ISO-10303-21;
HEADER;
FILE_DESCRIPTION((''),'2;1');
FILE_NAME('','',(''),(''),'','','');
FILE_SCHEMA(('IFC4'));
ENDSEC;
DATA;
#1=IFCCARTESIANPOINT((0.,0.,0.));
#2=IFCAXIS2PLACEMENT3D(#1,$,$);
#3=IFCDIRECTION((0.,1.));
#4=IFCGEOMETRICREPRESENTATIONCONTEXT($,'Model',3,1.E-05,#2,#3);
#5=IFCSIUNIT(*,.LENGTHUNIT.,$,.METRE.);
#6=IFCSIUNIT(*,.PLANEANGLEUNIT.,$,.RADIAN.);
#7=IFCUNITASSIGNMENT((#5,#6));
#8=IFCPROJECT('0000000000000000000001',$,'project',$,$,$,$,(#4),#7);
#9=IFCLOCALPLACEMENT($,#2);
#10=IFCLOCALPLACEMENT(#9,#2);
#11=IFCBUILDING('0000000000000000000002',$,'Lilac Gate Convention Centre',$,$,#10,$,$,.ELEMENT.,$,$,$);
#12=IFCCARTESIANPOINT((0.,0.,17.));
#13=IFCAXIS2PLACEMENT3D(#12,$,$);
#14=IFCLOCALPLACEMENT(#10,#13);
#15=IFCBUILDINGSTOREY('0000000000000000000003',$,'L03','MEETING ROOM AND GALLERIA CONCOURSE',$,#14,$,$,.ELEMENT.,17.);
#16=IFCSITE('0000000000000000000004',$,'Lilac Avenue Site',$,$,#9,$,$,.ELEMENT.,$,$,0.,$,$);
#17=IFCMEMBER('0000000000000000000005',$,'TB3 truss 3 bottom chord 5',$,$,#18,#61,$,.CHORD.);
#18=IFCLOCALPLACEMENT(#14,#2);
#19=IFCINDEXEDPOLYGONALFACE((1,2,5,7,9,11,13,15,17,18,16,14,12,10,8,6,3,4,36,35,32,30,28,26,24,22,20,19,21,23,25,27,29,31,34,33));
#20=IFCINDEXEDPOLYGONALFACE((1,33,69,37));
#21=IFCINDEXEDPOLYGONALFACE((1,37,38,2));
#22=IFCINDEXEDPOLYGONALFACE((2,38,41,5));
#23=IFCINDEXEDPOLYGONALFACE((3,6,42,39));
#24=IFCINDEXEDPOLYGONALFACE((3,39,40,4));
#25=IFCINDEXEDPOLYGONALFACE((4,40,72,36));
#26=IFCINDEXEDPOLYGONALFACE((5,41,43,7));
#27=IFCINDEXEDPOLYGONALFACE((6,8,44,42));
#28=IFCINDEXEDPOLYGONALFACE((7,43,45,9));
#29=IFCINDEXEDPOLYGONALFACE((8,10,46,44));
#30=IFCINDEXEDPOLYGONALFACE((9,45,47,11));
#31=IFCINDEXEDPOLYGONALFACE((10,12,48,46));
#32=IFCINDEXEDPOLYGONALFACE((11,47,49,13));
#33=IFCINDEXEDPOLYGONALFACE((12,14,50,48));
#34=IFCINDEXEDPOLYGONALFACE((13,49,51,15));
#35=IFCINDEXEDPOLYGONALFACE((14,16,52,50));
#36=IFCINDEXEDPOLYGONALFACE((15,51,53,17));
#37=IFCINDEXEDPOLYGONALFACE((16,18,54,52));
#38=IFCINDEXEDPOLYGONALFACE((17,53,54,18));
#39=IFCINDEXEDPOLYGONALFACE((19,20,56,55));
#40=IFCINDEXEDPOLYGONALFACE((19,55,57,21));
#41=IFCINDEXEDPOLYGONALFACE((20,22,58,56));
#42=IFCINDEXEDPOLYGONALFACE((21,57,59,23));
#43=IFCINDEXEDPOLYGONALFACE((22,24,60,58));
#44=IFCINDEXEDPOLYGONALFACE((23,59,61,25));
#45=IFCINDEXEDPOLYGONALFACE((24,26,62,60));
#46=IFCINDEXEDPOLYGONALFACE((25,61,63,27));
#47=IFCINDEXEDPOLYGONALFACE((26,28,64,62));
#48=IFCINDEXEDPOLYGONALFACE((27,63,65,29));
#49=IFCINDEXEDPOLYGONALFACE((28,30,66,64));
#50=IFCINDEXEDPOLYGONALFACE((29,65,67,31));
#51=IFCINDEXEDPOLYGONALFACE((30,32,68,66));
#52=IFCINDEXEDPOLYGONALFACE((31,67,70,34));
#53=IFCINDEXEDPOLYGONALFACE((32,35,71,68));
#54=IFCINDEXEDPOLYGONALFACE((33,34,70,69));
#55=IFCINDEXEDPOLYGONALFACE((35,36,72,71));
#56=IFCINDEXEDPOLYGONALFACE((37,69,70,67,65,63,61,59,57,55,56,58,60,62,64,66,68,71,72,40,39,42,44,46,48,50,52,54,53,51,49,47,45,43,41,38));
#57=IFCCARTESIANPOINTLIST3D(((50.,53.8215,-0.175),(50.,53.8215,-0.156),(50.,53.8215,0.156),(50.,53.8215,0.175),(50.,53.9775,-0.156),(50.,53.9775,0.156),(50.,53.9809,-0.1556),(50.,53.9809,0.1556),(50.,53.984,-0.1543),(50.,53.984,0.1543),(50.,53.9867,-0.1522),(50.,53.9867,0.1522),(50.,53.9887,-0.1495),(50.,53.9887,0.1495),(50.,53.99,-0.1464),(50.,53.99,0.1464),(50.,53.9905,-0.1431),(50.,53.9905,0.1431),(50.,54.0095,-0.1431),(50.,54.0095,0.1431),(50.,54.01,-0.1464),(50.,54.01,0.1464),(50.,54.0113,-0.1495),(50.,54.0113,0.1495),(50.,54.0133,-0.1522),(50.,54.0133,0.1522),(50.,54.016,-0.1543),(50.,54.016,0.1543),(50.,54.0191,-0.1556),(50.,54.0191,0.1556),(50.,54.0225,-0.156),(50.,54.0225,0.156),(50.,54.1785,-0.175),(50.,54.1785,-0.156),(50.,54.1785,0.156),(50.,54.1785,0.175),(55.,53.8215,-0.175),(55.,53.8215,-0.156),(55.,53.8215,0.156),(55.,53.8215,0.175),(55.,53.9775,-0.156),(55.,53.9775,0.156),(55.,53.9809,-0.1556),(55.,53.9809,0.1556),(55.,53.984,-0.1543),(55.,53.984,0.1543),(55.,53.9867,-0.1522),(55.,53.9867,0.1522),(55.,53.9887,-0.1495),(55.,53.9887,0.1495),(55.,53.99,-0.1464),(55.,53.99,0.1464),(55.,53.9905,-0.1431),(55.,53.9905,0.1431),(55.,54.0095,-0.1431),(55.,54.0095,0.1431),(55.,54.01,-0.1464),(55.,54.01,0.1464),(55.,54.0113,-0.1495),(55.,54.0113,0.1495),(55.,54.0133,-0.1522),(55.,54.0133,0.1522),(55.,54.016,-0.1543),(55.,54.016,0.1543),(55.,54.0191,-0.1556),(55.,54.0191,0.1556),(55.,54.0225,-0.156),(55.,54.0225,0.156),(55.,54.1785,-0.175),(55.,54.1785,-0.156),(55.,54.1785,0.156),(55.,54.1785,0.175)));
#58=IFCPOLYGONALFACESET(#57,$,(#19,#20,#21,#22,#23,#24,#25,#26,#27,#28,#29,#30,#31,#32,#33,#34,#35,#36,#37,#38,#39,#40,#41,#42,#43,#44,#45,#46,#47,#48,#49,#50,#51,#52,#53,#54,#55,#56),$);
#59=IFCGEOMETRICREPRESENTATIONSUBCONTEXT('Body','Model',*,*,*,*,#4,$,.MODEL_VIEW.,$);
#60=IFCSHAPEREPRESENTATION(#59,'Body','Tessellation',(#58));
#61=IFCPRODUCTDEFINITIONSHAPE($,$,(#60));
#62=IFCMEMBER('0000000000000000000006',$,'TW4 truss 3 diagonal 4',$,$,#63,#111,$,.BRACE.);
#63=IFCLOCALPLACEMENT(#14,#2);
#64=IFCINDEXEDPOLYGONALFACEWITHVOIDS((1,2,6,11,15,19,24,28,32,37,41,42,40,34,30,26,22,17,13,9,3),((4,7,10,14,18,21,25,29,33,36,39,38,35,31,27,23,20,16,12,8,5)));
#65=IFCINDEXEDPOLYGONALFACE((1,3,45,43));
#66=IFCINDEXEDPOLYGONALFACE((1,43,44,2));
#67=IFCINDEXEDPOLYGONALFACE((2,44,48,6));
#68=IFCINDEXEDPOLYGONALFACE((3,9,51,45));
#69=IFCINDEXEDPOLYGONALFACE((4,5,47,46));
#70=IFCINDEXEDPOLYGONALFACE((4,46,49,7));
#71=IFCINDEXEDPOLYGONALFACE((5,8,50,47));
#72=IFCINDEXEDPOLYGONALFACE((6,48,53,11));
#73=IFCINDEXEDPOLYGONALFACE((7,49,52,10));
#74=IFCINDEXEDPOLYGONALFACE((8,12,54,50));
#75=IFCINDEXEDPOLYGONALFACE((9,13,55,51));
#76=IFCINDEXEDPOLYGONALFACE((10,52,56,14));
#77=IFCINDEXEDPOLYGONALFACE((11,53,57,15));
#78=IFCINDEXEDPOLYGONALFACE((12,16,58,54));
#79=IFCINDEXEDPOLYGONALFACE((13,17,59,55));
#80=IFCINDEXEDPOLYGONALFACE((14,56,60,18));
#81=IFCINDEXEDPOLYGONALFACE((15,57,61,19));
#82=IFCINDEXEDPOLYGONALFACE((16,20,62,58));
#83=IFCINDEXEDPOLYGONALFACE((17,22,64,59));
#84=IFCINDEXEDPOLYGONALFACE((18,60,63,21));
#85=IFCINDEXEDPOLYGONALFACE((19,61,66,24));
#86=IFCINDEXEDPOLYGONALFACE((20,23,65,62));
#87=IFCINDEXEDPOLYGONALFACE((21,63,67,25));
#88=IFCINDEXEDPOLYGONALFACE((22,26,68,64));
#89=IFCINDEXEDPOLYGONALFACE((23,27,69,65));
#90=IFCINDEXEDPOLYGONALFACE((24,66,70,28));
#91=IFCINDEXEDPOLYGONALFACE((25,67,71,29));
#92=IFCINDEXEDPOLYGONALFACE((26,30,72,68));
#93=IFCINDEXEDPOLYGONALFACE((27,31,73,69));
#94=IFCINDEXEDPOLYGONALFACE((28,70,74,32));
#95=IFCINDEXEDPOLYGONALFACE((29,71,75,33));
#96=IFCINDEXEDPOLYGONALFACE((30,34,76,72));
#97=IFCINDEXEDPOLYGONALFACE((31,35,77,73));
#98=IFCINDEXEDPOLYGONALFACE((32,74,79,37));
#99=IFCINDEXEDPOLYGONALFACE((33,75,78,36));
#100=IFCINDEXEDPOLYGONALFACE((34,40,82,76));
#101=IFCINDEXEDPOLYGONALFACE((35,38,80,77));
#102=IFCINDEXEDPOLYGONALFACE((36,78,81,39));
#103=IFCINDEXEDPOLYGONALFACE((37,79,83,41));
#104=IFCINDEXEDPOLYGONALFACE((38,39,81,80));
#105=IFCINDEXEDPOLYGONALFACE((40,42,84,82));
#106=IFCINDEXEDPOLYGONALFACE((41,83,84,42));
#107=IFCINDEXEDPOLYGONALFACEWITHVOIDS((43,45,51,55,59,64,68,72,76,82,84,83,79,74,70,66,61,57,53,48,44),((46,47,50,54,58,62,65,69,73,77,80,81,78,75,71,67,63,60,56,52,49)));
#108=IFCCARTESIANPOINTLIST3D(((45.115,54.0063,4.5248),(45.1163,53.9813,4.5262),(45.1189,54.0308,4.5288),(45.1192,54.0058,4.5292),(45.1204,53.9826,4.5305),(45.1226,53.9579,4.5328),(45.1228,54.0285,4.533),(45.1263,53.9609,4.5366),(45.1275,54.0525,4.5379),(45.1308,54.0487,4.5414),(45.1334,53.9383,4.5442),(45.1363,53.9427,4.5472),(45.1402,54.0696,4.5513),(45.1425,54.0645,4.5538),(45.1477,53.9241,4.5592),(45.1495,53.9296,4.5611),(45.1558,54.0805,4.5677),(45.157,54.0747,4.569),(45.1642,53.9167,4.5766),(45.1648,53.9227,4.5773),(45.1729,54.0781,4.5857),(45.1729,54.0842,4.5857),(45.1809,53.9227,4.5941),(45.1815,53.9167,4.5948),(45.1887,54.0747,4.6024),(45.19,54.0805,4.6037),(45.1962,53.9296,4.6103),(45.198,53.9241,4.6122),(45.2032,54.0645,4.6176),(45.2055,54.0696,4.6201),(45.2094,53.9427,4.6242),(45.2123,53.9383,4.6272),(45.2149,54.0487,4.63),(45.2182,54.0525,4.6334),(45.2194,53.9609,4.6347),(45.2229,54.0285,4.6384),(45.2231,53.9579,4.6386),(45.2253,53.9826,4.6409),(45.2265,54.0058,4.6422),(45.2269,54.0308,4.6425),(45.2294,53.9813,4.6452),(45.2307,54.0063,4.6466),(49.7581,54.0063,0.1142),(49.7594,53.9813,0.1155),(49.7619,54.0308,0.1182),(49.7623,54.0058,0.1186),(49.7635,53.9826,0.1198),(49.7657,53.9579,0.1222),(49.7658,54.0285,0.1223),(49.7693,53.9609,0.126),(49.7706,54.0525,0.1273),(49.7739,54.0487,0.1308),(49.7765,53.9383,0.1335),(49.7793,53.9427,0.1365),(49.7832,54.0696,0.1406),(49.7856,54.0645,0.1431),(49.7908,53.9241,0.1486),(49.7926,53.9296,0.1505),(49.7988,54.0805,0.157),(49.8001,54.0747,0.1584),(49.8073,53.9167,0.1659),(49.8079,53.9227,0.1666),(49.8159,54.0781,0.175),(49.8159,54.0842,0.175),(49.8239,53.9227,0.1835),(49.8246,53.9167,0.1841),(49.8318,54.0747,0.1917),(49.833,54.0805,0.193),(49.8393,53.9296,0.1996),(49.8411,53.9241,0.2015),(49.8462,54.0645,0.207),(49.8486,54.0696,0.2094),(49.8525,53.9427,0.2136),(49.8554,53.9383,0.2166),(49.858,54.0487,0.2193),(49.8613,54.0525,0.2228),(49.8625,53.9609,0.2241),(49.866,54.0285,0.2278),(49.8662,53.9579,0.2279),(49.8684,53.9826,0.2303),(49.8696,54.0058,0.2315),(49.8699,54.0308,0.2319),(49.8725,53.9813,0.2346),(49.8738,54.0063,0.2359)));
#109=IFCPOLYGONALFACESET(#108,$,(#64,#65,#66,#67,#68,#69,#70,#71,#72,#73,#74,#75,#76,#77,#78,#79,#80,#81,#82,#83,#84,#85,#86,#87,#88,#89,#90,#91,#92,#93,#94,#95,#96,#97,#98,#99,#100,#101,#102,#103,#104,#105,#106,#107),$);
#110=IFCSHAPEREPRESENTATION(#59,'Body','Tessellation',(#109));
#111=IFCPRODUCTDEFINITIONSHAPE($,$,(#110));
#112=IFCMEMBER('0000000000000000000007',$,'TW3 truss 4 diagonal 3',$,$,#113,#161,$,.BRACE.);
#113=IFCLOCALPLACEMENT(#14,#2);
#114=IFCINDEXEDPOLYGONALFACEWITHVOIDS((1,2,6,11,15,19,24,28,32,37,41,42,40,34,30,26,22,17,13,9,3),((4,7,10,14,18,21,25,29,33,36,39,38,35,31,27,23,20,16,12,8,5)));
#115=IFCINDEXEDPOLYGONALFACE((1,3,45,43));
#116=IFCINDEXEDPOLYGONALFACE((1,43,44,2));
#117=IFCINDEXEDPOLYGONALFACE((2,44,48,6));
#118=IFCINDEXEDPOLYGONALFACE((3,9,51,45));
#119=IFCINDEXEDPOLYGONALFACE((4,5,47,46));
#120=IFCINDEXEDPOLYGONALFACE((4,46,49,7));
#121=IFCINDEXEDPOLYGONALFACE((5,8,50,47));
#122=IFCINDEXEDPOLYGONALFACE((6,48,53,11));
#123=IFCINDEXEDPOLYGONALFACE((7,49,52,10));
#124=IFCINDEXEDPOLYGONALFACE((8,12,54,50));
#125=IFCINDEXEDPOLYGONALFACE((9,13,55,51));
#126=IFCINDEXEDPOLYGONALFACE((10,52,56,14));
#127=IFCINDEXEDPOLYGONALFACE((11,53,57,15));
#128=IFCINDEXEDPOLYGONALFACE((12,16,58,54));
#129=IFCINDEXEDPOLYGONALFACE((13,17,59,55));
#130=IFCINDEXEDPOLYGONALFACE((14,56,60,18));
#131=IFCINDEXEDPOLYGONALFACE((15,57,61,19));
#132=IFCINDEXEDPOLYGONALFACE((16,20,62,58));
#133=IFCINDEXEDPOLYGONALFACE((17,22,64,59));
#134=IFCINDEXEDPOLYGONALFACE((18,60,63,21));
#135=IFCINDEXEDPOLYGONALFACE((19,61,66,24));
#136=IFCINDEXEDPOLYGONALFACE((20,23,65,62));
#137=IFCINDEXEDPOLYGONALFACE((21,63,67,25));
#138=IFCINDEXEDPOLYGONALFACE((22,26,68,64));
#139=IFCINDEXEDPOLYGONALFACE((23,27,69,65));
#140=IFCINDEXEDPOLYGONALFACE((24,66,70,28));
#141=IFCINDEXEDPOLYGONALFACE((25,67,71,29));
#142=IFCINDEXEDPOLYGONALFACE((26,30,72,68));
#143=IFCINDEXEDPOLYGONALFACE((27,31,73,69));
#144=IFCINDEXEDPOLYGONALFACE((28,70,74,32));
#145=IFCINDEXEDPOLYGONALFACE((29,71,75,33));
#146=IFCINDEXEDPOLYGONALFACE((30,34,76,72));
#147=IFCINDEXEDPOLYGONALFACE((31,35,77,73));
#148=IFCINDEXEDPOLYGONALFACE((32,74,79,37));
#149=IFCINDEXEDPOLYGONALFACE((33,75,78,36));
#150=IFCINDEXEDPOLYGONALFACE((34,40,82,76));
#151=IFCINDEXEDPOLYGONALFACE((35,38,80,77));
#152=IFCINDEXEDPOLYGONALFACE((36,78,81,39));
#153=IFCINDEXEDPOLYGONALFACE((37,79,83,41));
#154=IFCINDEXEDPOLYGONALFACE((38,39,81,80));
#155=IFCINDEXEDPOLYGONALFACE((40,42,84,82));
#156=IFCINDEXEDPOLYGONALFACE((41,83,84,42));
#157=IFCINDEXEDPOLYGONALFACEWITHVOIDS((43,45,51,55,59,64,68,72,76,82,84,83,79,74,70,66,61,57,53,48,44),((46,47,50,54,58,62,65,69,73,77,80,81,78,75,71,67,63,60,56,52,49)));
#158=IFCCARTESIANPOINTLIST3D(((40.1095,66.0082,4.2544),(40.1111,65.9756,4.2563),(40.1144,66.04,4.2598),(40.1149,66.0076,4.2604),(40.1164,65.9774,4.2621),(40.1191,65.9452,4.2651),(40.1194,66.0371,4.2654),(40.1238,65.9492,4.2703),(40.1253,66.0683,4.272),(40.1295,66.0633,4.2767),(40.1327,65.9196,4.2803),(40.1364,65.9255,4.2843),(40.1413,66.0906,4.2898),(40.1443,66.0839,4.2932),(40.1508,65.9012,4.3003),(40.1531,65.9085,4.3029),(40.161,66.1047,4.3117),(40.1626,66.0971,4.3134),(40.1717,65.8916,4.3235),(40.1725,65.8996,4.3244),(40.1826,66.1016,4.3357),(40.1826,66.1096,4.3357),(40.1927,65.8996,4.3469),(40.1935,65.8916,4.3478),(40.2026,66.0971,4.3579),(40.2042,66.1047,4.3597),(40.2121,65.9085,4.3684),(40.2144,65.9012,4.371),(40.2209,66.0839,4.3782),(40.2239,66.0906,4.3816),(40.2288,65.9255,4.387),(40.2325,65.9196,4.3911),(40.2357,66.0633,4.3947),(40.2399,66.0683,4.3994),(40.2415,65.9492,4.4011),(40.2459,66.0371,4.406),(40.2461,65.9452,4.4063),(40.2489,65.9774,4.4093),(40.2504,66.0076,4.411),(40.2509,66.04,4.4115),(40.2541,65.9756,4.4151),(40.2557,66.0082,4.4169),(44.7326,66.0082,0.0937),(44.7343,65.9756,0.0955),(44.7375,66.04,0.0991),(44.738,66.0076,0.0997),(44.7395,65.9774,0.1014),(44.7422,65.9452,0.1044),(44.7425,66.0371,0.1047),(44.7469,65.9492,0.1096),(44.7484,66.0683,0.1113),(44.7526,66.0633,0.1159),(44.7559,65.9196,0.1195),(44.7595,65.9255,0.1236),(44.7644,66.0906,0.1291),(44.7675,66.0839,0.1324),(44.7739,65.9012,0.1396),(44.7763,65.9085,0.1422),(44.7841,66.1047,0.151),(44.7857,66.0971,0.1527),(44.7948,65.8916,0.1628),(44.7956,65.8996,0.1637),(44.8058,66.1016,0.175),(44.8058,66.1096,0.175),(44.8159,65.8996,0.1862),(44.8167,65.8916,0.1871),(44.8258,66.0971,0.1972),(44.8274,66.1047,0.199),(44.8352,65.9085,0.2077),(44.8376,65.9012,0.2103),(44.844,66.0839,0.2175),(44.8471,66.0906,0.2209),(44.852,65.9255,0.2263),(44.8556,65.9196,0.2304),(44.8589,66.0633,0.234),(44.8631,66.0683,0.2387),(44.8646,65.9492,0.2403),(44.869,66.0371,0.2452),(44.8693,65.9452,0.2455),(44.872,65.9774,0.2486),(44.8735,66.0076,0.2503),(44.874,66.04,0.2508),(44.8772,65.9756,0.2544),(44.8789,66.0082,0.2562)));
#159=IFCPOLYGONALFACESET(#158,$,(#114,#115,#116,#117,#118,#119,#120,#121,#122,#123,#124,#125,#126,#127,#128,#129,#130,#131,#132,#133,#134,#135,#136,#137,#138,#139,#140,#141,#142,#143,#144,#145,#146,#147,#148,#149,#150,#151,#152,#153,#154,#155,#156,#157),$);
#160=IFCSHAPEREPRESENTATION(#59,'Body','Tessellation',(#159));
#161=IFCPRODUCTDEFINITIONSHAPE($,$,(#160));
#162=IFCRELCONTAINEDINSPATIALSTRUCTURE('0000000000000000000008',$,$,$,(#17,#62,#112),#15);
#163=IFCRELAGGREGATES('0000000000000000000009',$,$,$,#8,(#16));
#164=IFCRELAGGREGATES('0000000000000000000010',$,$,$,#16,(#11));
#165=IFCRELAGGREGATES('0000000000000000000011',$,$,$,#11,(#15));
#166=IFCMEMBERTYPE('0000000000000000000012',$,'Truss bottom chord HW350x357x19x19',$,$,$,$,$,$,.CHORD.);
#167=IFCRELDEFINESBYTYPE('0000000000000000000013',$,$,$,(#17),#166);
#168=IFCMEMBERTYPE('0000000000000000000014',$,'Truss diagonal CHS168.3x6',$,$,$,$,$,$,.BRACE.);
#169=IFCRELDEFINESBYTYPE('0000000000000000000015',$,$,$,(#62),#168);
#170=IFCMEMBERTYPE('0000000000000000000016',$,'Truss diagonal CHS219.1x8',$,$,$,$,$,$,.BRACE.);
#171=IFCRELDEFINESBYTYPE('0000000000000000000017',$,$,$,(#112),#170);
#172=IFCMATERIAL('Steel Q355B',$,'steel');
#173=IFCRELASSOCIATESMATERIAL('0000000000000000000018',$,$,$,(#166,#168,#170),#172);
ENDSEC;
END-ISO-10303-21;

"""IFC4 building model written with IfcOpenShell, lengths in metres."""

from ifc_helpers import new_model, si_unit, direction, frame, origin, origin_2d, place, context, subcontext, project, spatial, hollow_circle, i_section, extrude, material, material_profile, profile_set, type_object, element, save


model = new_model("IFC4")

# Units and contexts
model_context = context("Model", 3, precision=1e-05, world=origin(), true_north=direction((0.0, 1.0)))
body_context = subcontext(model_context, "Body", "Model", "MODEL_VIEW")
ifc_project = project(units=[si_unit("LENGTHUNIT", "METRE"), si_unit("PLANEANGLEUNIT", "RADIAN")], contexts=[model_context])

# Site, building, storey
site_placement = place(None, origin())
site = spatial("IfcSite", under=ifc_project, at=site_placement, Name="Lilac Avenue Site", CompositionType="ELEMENT", RefElevation=0.0)
building_placement = place(site_placement, origin())
building = spatial("IfcBuilding", under=site, at=building_placement, Name="Lilac Gate Convention Centre", CompositionType="ELEMENT")
storey_placement = place(building_placement, frame((0.0, 0.0, 17.0)))
storey = spatial("IfcBuildingStorey", under=building, at=storey_placement, Name="L03", Description="MEETING ROOM AND GALLERIA CONCOURSE", CompositionType="ELEMENT", Elevation=17.0)

# Members
ifc_material = material(Name="Steel Q355B", Category="steel")
ifc_material_profile_1 = material_profile(ifc_material, i_section(OverallWidth=0.3569, OverallDepth=0.3501, WebThickness=0.019, FlangeThickness=0.019, FilletRadius=0.0129, at=origin_2d()), Name="HW350x357x19x19")
ifc_profile_set_1 = profile_set([ifc_material_profile_1], Name="Steel Q355B")
member_type_1 = type_object("IfcMemberType", Name="Truss bottom chord HW350x357x19x19", PredefinedType="CHORD", material=ifc_profile_set_1)
member_1_placement = place(storey_placement, frame((50.0, 54.0, 0.0), z_axis=(1.0, 0.0, 0.0), x_axis=(0.0, 1.0, 0.0)))
element("IfcMember", 1, at=member_1_placement, inside=storey, type_object=member_type_1, Name="TB3 truss 3 bottom chord 5", PredefinedType="CHORD", context=body_context, shape_type="SweptSolid", body=[
    extrude(i_section(OverallWidth=0.3569, OverallDepth=0.3501, WebThickness=0.019, FlangeThickness=0.019, FilletRadius=0.0129, at=origin_2d()), origin(), (0.0, 0.0, 1.0), 5.0),
])
ifc_material_profile_2 = material_profile(ifc_material, hollow_circle(Radius=0.0842, WallThickness=0.0061, at=origin_2d()), Name="CHS168.3x6")
ifc_profile_set_2 = profile_set([ifc_material_profile_2], Name="Steel Q355B")
member_type_2 = type_object("IfcMemberType", Name="Truss diagonal CHS168.3x6", PredefinedType="BRACE", material=ifc_profile_set_2)
member_2_placement = place(storey_placement, frame((45.1729, 54.0, 4.5857), z_axis=(0.72502, 0.0, -0.688727), x_axis=(0.0, 1.0, 0.0)))
element("IfcMember", 2, at=member_2_placement, inside=storey, type_object=member_type_2, Name="TW4 truss 3 diagonal 4", PredefinedType="BRACE", context=body_context, shape_type="SweptSolid", body=[
    extrude(hollow_circle(Radius=0.0842, WallThickness=0.0061, at=origin_2d()), origin(), (0.0, 0.0, 1.0), 6.4041),
])
ifc_material_profile_3 = material_profile(ifc_material, hollow_circle(Radius=0.1096, WallThickness=0.0081, at=origin_2d()), Name="CHS219.1x8")
ifc_profile_set_3 = profile_set([ifc_material_profile_3], Name="Steel Q355B")
member_type_3 = type_object("IfcMemberType", Name="Truss diagonal CHS219.1x8", PredefinedType="BRACE", material=ifc_profile_set_3)
member_3_placement = place(storey_placement, frame((40.1826, 66.0, 4.3357), z_axis=(0.743302, 0.0, -0.668956), x_axis=(0.0, 1.0, 0.0)))
element("IfcMember", 3, at=member_3_placement, inside=storey, type_object=member_type_3, Name="TW3 truss 4 diagonal 3", PredefinedType="BRACE", context=body_context, shape_type="SweptSolid", body=[
    extrude(hollow_circle(Radius=0.1096, WallThickness=0.0081, at=origin_2d()), origin(), (0.0, 0.0, 1.0), 6.2197),
])

save(model, "model.ifc")
